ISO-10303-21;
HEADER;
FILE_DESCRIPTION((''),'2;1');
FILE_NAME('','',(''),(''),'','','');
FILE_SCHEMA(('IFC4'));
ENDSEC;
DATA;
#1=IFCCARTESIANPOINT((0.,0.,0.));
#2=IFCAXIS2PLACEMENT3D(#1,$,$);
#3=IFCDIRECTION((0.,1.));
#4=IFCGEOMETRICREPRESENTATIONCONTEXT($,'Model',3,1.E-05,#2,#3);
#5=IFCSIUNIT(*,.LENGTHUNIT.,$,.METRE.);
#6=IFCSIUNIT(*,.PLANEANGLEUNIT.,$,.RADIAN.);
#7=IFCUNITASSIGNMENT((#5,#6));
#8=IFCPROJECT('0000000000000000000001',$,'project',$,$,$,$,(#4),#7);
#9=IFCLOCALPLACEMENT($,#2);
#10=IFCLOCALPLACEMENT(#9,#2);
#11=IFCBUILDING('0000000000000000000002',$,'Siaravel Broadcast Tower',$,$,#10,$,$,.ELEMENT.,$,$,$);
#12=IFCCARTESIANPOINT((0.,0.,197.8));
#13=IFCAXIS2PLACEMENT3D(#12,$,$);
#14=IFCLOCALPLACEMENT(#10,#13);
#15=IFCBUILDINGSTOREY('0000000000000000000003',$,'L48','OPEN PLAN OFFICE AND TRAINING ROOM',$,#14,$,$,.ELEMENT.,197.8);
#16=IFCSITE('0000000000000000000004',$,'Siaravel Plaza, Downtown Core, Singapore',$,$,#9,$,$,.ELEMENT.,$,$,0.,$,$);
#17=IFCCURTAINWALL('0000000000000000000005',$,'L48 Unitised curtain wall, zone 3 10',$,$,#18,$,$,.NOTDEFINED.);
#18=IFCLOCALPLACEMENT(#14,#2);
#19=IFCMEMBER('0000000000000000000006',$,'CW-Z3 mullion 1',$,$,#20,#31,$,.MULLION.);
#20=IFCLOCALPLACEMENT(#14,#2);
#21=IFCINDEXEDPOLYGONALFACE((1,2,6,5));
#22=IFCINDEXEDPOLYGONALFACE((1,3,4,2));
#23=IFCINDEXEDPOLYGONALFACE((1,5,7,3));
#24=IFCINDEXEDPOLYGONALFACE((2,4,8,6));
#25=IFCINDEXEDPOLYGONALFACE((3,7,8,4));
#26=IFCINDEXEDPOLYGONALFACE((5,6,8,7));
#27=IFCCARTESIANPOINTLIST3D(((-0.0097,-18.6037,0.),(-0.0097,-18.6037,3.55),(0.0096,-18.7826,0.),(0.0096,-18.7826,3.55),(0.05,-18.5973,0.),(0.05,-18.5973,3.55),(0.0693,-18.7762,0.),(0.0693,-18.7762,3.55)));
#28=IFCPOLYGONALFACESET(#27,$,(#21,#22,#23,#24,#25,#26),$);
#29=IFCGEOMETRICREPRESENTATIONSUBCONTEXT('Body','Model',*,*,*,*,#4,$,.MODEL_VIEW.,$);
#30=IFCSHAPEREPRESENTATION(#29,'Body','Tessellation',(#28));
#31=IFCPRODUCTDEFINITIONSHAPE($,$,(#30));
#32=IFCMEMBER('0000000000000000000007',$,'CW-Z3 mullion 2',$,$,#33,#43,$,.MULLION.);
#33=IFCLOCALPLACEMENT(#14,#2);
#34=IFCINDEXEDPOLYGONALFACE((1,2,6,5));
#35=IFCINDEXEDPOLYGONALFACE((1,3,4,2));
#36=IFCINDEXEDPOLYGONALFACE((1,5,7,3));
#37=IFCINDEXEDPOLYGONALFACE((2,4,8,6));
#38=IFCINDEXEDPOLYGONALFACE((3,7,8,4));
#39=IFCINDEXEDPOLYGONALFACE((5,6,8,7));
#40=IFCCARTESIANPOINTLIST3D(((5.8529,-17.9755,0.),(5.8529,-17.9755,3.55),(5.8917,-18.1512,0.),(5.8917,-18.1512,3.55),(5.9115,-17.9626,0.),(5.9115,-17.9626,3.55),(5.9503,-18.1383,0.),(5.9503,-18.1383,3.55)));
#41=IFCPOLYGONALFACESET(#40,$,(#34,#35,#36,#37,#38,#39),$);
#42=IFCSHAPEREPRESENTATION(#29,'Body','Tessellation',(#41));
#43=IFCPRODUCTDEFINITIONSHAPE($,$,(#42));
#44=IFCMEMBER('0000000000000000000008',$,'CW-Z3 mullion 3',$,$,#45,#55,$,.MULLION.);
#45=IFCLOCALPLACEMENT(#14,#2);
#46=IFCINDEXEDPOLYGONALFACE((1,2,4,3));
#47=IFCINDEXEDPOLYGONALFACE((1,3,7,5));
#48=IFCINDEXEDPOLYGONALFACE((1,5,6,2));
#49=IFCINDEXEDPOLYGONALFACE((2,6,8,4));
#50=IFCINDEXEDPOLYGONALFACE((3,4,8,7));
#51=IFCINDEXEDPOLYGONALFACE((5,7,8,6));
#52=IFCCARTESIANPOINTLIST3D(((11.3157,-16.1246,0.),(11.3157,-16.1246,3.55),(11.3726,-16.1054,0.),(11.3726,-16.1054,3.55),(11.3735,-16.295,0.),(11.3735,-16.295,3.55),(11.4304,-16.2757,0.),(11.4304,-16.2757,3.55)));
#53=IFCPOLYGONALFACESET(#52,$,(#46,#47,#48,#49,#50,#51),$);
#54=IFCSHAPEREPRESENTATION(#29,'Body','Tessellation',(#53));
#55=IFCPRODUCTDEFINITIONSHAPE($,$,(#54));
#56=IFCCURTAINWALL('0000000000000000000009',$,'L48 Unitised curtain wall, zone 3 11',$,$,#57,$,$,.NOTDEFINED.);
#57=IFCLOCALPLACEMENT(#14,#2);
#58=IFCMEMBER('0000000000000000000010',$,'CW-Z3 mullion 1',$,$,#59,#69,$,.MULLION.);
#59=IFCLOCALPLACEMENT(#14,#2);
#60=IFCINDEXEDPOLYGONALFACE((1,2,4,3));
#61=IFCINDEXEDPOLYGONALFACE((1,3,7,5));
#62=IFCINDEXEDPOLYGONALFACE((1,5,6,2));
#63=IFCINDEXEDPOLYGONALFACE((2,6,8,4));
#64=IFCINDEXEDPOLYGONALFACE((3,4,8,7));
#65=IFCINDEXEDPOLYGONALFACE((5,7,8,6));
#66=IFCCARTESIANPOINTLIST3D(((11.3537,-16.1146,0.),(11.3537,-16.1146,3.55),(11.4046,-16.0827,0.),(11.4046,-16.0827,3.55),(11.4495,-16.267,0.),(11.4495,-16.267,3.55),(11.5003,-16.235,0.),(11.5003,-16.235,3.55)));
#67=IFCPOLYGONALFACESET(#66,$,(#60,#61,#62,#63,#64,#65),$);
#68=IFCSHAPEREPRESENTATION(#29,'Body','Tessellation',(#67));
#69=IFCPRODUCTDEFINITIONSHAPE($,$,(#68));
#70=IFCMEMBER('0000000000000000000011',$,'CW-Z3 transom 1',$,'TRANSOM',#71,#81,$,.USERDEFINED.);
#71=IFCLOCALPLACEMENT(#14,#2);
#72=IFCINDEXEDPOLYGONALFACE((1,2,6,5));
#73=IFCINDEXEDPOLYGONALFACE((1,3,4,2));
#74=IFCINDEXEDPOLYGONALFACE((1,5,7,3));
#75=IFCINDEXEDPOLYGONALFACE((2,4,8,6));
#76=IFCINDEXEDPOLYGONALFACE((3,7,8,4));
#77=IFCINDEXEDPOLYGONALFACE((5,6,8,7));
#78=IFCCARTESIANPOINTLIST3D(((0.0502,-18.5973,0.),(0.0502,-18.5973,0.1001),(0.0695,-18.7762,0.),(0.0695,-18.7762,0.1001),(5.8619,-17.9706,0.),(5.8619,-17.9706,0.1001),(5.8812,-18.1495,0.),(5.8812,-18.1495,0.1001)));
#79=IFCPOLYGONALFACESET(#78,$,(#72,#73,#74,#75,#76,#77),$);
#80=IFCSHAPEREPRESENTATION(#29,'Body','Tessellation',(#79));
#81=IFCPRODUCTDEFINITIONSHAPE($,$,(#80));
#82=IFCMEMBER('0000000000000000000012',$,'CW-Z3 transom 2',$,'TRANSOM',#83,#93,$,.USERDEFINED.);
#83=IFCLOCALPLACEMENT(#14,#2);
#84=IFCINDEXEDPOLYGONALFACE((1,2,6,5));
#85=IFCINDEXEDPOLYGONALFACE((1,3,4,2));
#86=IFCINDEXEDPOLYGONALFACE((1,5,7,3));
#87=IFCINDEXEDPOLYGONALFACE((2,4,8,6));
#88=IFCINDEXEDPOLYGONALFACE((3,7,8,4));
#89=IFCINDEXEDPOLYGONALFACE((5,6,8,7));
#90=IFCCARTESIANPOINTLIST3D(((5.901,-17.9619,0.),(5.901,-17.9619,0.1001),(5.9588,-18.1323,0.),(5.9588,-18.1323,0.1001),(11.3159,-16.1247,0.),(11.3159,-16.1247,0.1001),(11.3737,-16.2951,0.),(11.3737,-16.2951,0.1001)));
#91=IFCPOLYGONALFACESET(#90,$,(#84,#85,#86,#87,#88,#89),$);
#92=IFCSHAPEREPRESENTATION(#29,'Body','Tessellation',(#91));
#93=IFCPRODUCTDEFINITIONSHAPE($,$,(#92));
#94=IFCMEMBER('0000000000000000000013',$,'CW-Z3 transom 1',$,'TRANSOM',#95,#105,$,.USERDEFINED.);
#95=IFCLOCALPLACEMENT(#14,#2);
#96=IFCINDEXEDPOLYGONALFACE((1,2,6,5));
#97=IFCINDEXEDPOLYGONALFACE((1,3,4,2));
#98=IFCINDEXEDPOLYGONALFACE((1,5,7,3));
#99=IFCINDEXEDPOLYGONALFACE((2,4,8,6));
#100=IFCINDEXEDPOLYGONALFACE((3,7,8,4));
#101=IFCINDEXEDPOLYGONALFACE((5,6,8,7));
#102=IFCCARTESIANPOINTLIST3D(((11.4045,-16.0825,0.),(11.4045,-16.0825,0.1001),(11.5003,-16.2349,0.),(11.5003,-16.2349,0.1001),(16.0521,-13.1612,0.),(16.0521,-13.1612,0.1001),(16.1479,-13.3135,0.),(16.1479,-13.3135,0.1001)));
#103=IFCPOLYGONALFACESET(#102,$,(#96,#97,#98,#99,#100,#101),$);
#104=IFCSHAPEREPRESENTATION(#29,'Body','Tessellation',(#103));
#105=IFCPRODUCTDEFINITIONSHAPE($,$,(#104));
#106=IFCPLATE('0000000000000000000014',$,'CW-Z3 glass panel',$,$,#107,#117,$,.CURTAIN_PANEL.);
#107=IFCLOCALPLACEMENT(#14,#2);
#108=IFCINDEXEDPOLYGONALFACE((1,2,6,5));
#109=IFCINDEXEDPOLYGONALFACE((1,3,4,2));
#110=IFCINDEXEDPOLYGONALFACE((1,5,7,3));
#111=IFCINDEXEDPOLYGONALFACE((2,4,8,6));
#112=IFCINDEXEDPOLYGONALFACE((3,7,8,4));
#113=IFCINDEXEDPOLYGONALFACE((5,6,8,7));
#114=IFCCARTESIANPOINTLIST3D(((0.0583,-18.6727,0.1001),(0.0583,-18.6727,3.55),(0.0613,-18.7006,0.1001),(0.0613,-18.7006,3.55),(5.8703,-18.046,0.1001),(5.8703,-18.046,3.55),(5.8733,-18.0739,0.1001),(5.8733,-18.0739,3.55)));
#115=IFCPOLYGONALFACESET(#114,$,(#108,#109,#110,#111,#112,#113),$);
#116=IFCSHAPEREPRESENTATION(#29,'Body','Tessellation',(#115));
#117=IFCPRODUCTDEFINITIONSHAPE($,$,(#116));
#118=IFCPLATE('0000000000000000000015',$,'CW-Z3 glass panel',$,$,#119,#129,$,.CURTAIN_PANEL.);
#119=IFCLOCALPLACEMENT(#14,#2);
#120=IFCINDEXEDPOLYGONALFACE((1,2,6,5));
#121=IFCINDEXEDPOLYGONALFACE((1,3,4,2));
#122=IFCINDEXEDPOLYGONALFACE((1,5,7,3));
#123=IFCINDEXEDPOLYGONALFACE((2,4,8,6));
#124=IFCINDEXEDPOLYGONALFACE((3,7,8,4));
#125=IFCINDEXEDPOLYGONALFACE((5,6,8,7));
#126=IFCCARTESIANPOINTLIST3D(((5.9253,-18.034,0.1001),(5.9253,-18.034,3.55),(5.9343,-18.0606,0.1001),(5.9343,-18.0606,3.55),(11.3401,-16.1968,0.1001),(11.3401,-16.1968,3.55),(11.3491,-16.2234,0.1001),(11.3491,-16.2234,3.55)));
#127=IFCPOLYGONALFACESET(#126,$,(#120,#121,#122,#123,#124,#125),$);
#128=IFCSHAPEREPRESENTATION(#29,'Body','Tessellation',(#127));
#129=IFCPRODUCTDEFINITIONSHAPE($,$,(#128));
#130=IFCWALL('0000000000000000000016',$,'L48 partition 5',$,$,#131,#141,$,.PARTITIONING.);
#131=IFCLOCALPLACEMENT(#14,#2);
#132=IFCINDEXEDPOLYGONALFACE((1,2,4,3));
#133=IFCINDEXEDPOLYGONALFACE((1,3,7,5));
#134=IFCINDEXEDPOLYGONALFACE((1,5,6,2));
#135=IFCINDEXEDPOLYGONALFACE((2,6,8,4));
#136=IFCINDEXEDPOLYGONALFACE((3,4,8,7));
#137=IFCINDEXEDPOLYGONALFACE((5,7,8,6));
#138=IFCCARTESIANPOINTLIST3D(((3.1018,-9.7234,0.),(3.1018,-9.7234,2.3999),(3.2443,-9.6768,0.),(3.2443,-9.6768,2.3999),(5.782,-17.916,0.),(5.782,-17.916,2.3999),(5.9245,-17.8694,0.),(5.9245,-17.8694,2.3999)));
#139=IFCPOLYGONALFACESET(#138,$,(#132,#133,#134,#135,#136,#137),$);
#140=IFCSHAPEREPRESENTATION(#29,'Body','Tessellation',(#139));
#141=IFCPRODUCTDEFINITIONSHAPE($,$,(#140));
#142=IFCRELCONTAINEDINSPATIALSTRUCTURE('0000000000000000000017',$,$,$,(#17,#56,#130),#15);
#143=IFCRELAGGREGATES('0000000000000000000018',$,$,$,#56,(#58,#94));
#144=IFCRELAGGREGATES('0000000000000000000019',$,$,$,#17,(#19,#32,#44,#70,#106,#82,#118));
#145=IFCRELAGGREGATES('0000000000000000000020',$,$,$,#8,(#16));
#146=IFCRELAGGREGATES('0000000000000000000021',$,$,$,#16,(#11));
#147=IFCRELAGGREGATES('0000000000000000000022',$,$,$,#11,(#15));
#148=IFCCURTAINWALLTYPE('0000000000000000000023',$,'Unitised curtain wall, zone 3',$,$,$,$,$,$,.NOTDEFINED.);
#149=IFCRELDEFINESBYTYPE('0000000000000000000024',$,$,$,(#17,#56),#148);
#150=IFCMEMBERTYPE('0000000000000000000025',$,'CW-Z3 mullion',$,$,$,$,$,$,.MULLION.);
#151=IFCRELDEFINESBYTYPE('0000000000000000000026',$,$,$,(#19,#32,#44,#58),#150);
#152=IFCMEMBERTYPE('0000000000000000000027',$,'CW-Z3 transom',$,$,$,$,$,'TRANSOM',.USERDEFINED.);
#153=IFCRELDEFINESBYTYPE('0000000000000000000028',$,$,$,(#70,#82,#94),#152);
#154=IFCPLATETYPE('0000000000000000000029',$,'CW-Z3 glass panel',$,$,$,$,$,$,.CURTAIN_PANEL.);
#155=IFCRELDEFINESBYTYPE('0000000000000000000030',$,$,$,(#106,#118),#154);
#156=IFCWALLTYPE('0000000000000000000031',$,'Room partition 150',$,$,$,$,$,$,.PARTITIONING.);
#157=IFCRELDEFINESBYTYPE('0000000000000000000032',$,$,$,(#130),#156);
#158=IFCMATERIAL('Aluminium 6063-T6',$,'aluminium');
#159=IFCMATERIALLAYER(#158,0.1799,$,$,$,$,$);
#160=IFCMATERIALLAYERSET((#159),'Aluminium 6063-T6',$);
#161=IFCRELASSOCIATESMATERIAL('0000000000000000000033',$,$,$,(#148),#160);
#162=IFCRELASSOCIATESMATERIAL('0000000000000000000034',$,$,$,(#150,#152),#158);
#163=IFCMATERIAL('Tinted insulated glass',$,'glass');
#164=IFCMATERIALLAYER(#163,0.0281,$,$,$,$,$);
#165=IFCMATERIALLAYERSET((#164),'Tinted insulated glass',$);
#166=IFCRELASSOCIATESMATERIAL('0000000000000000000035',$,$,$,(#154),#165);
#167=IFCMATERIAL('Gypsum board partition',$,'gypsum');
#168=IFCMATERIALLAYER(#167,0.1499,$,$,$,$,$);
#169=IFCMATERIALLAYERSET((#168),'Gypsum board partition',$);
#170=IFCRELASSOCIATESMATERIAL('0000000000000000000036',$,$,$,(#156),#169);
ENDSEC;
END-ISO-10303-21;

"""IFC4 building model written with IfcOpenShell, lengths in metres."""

from ifc_helpers import new_model, si_unit, direction, frame, frame_2d, origin, origin_2d, place, context, subcontext, project, spatial, rectangle, extrude, material, layer, layer_set, material_profile, profile_set, type_object, element, aggregate, save


model = new_model("IFC4")

# Units and contexts
model_context = context("Model", 3, precision=1e-05, world=origin(), true_north=direction((0.0, 1.0)))
body_context = subcontext(model_context, "Body", "Model", "MODEL_VIEW")
ifc_project = project(units=[si_unit("LENGTHUNIT", "METRE"), si_unit("PLANEANGLEUNIT", "RADIAN")], contexts=[model_context])

# Site, building, storey
site_placement = place(None, origin())
site = spatial("IfcSite", under=ifc_project, at=site_placement, Name="Siaravel Plaza, Downtown Core, Singapore", CompositionType="ELEMENT", RefElevation=0.0)
building_placement = place(site_placement, origin())
building = spatial("IfcBuilding", under=site, at=building_placement, Name="Siaravel Broadcast Tower", CompositionType="ELEMENT")
storey_placement = place(building_placement, frame((0.0, 0.0, 197.8)))
storey = spatial("IfcBuildingStorey", under=building, at=storey_placement, Name="L48", Description="OPEN PLAN OFFICE AND TRAINING ROOM", CompositionType="ELEMENT", Elevation=197.8)

# Curtain wall, members
ifc_material_1 = material(Name="Aluminium 6063-T6", Category="aluminium")
ifc_layer_1 = layer(ifc_material_1, 0.1799)
ifc_layer_set_1 = layer_set([ifc_layer_1], Name="Aluminium 6063-T6")
curtain_wall_type = type_object("IfcCurtainWallType", Name="Unitised curtain wall, zone 3", PredefinedType="NOTDEFINED", material=ifc_layer_set_1)
curtain_wall_1_placement = place(storey_placement, origin())
curtain_wall_1 = element("IfcCurtainWall", 1, at=curtain_wall_1_placement, inside=storey, type_object=curtain_wall_type, Name="L48 Unitised curtain wall, zone 3 10", PredefinedType="NOTDEFINED")
ifc_material_profile_1 = material_profile(ifc_material_1, rectangle(XDim=0.1799, YDim=0.0601, at=origin_2d()))
ifc_profile_set_1 = profile_set([ifc_material_profile_1], Name="Aluminium 6063-T6")
member_type_1 = type_object("IfcMemberType", Name="CW-Z3 mullion", PredefinedType="MULLION", material=ifc_profile_set_1)
member_1_placement = place(storey_placement, frame((0.0298, -18.6899, 0.0), z_axis=(0.0, 0.0, 1.0), x_axis=(-0.107217, 0.994236, 0.0)))
member_1 = element("IfcMember", 2, at=member_1_placement, type_object=member_type_1, Name="CW-Z3 mullion 1", PredefinedType="MULLION", context=body_context, shape_type="SweptSolid", body=[
    extrude(rectangle(XDim=0.1799, YDim=0.0601, at=origin_2d()), origin(), (0.0, 0.0, 1.0), 3.55),
])
member_2_placement = place(storey_placement, frame((5.9016, -18.0569, 0.0), z_axis=(0.0, 0.0, 1.0), x_axis=(-0.215558, 0.976491, 0.0)))
member_2 = element("IfcMember", 3, at=member_2_placement, type_object=member_type_1, Name="CW-Z3 mullion 2", PredefinedType="MULLION", context=body_context, shape_type="SweptSolid", body=[
    extrude(rectangle(XDim=0.1799, YDim=0.0601, at=origin_2d()), origin(), (0.0, 0.0, 1.0), 3.55),
])
member_3_placement = place(storey_placement, frame((11.373, -16.2002, 0.0), z_axis=(0.0, 0.0, 1.0), x_axis=(-0.3213, 0.946977, 0.0)))
member_3 = element("IfcMember", 4, at=member_3_placement, type_object=member_type_1, Name="CW-Z3 mullion 3", PredefinedType="MULLION", context=body_context, shape_type="SweptSolid", body=[
    extrude(rectangle(XDim=0.1799, YDim=0.0601, at=origin_2d()), origin(), (0.0, 0.0, 1.0), 3.55),
])

# Curtain wall, member
curtain_wall_2_placement = place(storey_placement, origin())
curtain_wall_2 = element("IfcCurtainWall", 5, at=curtain_wall_2_placement, inside=storey, type_object=curtain_wall_type, Name="L48 Unitised curtain wall, zone 3 11", PredefinedType="NOTDEFINED")
member_4_placement = place(storey_placement, frame((11.427, -16.1748, 0.0), z_axis=(0.0, 0.0, 1.0), x_axis=(-0.532149, 0.846651, 0.0)))
member_4 = element("IfcMember", 6, at=member_4_placement, type_object=member_type_1, Name="CW-Z3 mullion 1", PredefinedType="MULLION", context=body_context, shape_type="SweptSolid", body=[
    extrude(rectangle(XDim=0.1799, YDim=0.0601, at=origin_2d()), origin(), (0.0, 0.0, 1.0), 3.55),
])

# Members
ifc_material_profile_2 = material_profile(ifc_material_1, rectangle(XDim=0.1799, YDim=0.1001, at=origin_2d()))
ifc_profile_set_2 = profile_set([ifc_material_profile_2], Name="Aluminium 6063-T6")
member_type_2 = type_object("IfcMemberType", Name="CW-Z3 transom", ElementType="TRANSOM", PredefinedType="USERDEFINED", material=ifc_profile_set_2)
member_5_placement = place(storey_placement, frame((0.0598, -18.6868, 0.05), z_axis=(0.994236, 0.107213, 0.0), x_axis=(-0.107213, 0.994236, 0.0)))
member_5 = element("IfcMember", 7, at=member_5_placement, type_object=member_type_2, Name="CW-Z3 transom 1", ObjectType="TRANSOM", PredefinedType="USERDEFINED", context=body_context, shape_type="SweptSolid", body=[
    extrude(rectangle(XDim=0.1799, YDim=0.1001, at=origin_2d()), origin(), (0.0, 0.0, 1.0), 5.8455),
])
member_6_placement = place(storey_placement, frame((5.9299, -18.0471, 0.05), z_axis=(0.946979, 0.321296, 0.0), x_axis=(-0.321296, 0.946979, 0.0)))
member_6 = element("IfcMember", 8, at=member_6_placement, type_object=member_type_2, Name="CW-Z3 transom 2", ObjectType="TRANSOM", PredefinedType="USERDEFINED", context=body_context, shape_type="SweptSolid", body=[
    extrude(rectangle(XDim=0.1799, YDim=0.1001, at=origin_2d()), origin(), (0.0, 0.0, 1.0), 5.718),
])
member_7_placement = place(storey_placement, frame((11.4524, -16.1587, 0.05), z_axis=(0.846639, 0.532168, 0.0), x_axis=(-0.532168, 0.846639, 0.0)))
member_7 = element("IfcMember", 9, at=member_7_placement, type_object=member_type_2, Name="CW-Z3 transom 1", ObjectType="TRANSOM", PredefinedType="USERDEFINED", context=body_context, shape_type="SweptSolid", body=[
    extrude(rectangle(XDim=0.1799, YDim=0.1001, at=origin_2d()), origin(), (0.0, 0.0, 1.0), 5.4895),
])
aggregate(curtain_wall_2, [member_4, member_7])

# Plates
ifc_material_2 = material(Name="Tinted insulated glass", Category="glass")
ifc_layer_2 = layer(ifc_material_2, 0.0281)
ifc_layer_set_2 = layer_set([ifc_layer_2], Name="Tinted insulated glass")
plate_type = type_object("IfcPlateType", Name="CW-Z3 glass panel", PredefinedType="CURTAIN_PANEL", material=ifc_layer_set_2)
plate_1_placement = place(storey_placement, frame((2.9658, -18.3733, 0.1001), z_axis=(0.0, 0.0, 1.0), x_axis=(0.994236, 0.107217, 0.0)))
plate_1 = element("IfcPlate", 10, at=plate_1_placement, type_object=plate_type, Name="CW-Z3 glass panel", PredefinedType="CURTAIN_PANEL", context=body_context, shape_type="SweptSolid", body=[
    extrude(rectangle(XDim=5.8457, YDim=0.0281, at=origin_2d()), origin(), (0.0, 0.0, 1.0), 3.45),
])
plate_2_placement = place(storey_placement, frame((8.6372, -17.1287, 0.1001), z_axis=(0.0, 0.0, 1.0), x_axis=(0.946977, 0.3213, 0.0)))
plate_2 = element("IfcPlate", 11, at=plate_2_placement, type_object=plate_type, Name="CW-Z3 glass panel", PredefinedType="CURTAIN_PANEL", context=body_context, shape_type="SweptSolid", body=[
    extrude(rectangle(XDim=5.718, YDim=0.0281, at=origin_2d()), origin(), (0.0, 0.0, 1.0), 3.45),
])
aggregate(curtain_wall_1, [member_1, member_2, member_3, member_5, plate_1, member_6, plate_2])

# Wall
ifc_material_3 = material(Name="Gypsum board partition", Category="gypsum")
ifc_layer_3 = layer(ifc_material_3, 0.1499)
ifc_layer_set_3 = layer_set([ifc_layer_3], Name="Gypsum board partition")
wall_type = type_object("IfcWallType", Name="Room partition 150", PredefinedType="PARTITIONING", material=ifc_layer_set_3)
wall_placement = place(storey_placement, frame((5.8533, -17.8928, 0.0), z_axis=(0.0, 0.0, 1.0), x_axis=(-0.310929, 0.950433, 0.0)))
element("IfcWall", 12, at=wall_placement, inside=storey, type_object=wall_type, Name="L48 partition 5", PredefinedType="PARTITIONING", context=body_context, shape_type="SweptSolid", body=[
    extrude(rectangle(XDim=8.6199, YDim=0.1499, at=frame_2d((4.3101, 0.0))), origin(), (0.0, 0.0, 1.0), 2.3999),
])

save(model, "model.ifc")
